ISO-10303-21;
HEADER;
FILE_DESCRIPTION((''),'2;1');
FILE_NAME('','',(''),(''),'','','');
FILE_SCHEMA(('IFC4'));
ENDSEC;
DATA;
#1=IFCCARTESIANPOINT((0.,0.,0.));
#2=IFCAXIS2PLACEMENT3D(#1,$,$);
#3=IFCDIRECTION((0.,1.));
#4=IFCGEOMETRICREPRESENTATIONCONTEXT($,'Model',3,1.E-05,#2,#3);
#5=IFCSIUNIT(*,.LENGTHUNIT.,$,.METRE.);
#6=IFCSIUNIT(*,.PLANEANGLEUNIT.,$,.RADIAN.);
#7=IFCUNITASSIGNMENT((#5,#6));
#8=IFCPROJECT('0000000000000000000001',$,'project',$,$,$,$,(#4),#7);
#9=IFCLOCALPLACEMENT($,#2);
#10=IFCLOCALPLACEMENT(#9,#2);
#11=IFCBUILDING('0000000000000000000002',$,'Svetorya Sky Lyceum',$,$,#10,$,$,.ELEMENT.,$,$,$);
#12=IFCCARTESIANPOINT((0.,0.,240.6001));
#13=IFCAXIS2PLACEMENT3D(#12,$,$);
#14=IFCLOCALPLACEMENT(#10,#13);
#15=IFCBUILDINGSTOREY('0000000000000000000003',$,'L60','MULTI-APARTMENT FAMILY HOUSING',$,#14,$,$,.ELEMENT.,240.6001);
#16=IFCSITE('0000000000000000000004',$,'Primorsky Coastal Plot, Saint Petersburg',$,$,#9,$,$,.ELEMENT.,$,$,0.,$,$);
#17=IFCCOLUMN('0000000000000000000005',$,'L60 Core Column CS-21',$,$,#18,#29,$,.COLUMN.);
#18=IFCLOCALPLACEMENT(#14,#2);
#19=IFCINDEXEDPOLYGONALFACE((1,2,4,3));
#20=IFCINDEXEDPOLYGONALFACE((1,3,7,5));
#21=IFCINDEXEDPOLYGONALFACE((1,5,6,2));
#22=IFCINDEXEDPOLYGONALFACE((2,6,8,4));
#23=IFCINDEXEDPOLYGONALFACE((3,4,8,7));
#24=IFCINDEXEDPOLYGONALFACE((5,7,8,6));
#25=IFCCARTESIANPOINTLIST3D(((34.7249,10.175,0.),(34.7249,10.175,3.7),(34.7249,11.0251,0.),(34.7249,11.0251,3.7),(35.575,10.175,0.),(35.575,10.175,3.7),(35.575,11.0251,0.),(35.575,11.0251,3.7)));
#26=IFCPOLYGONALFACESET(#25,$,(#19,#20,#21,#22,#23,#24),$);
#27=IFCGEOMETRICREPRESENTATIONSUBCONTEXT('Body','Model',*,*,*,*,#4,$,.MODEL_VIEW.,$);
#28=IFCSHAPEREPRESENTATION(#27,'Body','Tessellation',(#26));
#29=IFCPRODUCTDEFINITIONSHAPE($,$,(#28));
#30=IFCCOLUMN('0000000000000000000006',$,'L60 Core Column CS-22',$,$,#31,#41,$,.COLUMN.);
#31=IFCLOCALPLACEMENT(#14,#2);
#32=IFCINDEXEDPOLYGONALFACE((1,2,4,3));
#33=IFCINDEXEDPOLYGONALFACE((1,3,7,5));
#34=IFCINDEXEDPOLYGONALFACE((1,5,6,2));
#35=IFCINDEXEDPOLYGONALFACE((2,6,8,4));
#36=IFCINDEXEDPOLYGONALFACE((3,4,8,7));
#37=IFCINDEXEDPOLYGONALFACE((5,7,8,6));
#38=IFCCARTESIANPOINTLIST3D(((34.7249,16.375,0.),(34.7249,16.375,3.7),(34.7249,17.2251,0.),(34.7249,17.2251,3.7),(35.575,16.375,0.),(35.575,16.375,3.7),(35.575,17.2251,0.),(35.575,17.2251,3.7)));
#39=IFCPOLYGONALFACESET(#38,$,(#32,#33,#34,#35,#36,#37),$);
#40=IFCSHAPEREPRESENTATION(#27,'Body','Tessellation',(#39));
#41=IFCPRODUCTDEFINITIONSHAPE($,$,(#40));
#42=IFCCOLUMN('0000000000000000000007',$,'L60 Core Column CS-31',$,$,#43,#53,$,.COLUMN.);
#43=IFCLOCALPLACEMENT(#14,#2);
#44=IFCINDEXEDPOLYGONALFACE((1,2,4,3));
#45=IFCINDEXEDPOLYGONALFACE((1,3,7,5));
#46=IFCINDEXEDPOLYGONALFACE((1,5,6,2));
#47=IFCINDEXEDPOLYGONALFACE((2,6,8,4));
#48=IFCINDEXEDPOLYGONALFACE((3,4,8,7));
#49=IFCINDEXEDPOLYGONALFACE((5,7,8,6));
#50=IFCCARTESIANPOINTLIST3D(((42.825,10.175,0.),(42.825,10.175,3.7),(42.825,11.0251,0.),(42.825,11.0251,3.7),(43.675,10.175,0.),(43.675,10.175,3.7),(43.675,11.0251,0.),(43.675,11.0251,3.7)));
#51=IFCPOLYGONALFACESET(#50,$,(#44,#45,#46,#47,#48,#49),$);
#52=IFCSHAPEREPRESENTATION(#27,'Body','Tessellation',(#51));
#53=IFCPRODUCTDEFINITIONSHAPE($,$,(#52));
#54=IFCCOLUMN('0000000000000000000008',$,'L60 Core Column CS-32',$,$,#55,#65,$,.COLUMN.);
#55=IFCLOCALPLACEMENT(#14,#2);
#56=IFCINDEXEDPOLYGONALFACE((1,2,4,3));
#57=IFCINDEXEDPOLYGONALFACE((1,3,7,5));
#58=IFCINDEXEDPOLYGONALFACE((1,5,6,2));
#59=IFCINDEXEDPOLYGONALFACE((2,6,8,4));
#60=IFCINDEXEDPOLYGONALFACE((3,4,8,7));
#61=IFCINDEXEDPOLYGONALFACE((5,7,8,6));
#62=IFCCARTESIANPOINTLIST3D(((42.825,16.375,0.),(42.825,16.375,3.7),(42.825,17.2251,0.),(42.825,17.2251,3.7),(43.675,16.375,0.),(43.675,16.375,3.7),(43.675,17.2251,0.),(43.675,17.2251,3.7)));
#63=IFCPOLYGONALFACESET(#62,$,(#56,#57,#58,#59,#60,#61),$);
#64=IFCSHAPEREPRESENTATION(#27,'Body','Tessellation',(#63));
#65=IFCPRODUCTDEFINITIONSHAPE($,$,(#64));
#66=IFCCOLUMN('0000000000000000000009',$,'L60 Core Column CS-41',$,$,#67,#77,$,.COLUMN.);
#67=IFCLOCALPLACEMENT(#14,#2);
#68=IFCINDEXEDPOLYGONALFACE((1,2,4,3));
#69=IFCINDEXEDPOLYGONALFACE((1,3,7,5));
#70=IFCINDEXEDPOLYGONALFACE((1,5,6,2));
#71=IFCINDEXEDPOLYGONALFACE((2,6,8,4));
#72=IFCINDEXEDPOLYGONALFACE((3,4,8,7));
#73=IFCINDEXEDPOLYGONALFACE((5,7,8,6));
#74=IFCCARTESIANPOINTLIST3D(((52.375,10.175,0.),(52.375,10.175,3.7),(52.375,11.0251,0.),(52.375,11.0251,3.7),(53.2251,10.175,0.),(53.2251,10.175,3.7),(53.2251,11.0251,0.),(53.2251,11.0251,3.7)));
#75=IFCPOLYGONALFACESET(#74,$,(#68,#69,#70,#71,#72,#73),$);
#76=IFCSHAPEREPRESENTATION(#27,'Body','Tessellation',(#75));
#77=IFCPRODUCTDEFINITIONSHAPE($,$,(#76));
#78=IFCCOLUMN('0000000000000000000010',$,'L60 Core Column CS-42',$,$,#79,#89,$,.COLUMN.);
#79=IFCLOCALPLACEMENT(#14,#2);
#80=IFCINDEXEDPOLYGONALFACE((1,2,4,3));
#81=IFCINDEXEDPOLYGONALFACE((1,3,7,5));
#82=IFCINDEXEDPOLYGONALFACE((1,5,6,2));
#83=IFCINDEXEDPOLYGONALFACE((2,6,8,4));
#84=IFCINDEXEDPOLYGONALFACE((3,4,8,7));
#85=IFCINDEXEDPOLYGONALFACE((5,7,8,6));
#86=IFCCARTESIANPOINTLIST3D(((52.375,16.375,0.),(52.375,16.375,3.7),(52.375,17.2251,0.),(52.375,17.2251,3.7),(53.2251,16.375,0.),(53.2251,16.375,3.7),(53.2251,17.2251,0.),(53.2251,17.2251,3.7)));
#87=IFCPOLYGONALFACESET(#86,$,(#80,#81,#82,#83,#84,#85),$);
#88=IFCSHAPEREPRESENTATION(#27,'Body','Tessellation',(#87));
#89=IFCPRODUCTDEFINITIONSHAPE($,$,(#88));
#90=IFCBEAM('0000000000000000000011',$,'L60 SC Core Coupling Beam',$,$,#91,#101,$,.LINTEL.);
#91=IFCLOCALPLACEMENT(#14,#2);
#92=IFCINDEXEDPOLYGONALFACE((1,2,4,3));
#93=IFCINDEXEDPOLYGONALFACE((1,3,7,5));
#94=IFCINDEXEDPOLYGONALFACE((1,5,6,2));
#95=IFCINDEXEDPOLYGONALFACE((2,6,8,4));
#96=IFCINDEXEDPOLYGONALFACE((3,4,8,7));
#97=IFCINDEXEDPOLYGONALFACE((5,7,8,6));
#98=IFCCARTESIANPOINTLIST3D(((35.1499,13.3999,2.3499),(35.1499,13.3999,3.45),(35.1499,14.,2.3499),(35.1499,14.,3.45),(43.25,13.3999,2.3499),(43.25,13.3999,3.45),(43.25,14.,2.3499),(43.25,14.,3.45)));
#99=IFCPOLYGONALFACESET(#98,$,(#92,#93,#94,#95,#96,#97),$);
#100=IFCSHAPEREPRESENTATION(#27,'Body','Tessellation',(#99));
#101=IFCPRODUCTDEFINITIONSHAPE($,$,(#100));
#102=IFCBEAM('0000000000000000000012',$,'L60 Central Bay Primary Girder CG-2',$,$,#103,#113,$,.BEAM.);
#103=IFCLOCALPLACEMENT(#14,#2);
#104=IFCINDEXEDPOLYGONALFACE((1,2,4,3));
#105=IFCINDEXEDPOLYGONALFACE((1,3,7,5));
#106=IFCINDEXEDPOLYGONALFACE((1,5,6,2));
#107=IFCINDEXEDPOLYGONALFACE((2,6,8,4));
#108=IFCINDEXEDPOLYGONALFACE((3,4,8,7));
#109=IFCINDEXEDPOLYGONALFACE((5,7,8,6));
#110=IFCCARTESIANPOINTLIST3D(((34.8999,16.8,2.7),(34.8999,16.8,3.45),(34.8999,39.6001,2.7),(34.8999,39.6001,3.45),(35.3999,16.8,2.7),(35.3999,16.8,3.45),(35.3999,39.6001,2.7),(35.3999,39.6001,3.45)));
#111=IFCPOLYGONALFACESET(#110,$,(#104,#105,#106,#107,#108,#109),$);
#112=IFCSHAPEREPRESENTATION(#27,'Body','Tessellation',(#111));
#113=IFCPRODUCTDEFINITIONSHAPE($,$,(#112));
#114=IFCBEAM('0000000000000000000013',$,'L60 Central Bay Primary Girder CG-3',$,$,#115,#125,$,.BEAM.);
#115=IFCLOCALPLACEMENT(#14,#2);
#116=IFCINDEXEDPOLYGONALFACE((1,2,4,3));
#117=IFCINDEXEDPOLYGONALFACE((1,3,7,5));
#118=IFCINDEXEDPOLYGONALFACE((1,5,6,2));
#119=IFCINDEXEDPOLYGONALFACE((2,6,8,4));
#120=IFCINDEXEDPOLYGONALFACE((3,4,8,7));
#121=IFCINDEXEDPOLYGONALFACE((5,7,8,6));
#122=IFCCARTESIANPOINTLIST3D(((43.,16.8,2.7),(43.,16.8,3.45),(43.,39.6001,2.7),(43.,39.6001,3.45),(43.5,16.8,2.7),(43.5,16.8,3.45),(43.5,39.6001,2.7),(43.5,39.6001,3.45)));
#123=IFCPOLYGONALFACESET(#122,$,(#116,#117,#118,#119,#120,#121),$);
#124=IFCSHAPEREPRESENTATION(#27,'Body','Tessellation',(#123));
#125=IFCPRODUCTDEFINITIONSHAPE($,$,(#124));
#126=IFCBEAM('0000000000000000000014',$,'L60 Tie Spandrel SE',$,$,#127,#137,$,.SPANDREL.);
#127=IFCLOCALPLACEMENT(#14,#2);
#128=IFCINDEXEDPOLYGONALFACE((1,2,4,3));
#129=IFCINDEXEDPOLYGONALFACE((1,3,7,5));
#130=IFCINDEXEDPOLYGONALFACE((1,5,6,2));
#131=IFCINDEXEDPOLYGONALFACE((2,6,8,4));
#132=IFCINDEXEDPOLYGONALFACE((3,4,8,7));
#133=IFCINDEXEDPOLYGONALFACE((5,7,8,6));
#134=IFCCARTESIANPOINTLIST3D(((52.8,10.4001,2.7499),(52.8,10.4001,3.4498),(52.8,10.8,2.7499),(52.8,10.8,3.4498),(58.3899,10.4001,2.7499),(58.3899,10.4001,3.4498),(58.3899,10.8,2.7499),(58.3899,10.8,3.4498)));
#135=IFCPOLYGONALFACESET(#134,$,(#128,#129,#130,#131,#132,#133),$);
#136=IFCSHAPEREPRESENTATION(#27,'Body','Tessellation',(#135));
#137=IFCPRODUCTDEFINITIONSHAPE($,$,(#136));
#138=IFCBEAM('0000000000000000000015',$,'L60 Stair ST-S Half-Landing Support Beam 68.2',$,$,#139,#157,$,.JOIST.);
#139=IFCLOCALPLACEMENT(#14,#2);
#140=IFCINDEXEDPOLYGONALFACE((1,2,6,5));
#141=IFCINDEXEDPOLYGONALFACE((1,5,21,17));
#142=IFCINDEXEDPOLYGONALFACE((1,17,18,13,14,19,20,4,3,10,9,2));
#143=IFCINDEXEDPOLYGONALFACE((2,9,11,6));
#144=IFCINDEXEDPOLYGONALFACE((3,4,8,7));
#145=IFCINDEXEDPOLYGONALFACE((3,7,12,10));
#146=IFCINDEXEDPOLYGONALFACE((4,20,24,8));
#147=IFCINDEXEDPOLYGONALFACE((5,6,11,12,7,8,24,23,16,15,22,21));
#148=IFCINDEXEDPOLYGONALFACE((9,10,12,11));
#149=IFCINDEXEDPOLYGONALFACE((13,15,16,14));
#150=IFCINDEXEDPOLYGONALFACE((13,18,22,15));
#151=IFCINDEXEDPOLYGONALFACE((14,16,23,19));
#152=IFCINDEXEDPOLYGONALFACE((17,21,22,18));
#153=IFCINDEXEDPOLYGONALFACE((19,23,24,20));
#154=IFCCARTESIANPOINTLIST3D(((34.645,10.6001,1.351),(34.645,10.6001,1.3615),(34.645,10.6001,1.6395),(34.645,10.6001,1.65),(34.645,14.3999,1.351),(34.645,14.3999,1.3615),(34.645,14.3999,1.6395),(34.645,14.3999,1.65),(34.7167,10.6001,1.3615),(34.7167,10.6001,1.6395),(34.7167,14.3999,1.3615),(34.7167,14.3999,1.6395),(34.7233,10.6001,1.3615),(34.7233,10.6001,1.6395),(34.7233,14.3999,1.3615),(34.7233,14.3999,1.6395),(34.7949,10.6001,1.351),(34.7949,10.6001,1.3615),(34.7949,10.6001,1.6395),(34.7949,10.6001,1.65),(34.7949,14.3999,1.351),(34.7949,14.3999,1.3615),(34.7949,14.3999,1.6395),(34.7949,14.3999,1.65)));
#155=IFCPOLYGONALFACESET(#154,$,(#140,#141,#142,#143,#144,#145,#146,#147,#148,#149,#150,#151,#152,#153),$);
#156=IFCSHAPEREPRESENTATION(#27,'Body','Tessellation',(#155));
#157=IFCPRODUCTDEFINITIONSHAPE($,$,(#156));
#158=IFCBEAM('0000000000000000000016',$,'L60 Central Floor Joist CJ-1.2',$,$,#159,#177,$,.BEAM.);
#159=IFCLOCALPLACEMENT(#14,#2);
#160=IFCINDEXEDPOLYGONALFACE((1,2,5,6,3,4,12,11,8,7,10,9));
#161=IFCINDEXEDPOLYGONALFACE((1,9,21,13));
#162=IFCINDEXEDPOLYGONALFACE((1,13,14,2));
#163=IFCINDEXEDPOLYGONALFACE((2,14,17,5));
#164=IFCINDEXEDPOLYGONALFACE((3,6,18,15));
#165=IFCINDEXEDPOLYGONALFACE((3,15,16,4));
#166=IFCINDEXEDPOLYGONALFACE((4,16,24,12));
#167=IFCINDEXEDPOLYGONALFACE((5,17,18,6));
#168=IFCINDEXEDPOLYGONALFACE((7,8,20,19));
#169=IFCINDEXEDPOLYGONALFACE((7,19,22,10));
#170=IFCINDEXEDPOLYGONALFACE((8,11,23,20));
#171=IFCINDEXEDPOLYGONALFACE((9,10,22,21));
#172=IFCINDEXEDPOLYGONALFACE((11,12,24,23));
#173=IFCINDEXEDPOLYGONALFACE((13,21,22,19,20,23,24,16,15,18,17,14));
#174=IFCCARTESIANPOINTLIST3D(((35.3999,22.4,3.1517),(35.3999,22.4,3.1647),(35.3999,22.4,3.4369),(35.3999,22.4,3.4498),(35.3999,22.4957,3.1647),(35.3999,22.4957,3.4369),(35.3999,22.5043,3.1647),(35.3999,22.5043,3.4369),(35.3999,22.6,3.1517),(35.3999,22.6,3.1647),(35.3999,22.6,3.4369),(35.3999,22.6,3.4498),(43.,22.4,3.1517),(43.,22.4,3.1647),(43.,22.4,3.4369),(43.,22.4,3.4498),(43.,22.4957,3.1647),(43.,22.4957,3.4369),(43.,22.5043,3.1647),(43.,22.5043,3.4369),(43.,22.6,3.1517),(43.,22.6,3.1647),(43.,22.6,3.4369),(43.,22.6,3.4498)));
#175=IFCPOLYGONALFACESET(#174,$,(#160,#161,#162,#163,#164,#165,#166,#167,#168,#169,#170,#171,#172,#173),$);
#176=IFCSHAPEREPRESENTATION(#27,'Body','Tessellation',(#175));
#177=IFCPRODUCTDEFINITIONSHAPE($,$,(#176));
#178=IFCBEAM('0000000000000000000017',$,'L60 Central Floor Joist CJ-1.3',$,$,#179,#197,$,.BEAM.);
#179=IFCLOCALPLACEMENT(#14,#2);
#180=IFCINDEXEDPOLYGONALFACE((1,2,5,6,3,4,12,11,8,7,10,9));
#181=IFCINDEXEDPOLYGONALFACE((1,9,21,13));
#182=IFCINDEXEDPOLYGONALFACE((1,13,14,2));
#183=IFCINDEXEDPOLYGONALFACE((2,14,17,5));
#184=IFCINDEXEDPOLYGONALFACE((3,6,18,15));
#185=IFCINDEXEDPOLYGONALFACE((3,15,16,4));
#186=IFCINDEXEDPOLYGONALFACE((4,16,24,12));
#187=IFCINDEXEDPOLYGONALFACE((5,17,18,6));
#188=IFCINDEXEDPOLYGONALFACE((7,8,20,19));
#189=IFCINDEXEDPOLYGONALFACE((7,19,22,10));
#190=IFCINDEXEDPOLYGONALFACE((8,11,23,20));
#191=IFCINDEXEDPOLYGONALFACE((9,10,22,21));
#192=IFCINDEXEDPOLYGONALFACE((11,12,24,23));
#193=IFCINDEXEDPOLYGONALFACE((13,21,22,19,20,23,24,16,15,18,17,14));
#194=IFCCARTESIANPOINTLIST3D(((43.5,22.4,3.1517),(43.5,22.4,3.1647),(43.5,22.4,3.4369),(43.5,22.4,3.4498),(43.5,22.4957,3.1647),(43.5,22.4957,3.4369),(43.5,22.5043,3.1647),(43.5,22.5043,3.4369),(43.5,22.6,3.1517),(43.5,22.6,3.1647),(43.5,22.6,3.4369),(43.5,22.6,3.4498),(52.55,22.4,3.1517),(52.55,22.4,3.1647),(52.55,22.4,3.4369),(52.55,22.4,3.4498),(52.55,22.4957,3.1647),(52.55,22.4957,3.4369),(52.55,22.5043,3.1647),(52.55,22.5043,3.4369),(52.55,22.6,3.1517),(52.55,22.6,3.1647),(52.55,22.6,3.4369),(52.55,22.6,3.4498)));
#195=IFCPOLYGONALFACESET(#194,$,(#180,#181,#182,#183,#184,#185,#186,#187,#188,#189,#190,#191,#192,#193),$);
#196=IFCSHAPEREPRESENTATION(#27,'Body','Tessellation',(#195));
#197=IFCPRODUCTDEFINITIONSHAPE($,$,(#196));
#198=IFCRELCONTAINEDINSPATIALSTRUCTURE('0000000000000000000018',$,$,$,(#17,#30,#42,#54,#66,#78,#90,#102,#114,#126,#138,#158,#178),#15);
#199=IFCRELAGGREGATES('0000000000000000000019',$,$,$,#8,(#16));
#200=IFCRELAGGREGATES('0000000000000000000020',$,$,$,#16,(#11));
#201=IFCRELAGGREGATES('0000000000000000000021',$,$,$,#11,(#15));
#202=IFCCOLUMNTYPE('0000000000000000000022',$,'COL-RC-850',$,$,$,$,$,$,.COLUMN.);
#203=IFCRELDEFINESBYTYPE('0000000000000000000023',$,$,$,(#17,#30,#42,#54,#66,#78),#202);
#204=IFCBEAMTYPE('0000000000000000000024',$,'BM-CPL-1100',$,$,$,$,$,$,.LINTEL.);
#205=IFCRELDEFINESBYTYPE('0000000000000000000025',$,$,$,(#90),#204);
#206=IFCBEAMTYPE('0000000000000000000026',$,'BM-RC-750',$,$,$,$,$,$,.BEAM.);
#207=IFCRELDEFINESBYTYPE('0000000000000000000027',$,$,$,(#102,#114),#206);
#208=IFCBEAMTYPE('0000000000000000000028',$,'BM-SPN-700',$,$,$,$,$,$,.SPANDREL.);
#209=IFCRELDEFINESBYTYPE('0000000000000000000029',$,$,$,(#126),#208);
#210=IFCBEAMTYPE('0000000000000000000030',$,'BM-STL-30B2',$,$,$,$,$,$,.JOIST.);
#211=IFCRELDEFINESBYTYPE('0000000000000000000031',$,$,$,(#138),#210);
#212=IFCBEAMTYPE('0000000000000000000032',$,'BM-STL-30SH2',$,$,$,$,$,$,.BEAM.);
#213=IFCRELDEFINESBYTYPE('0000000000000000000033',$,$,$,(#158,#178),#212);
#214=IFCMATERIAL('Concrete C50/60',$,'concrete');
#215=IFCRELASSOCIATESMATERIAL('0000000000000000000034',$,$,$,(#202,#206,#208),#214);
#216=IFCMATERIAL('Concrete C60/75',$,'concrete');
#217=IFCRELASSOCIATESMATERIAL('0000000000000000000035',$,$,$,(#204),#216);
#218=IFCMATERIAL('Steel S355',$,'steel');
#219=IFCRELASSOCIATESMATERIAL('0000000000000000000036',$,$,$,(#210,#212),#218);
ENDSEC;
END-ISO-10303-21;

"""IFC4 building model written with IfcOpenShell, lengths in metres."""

from ifc_helpers import new_model, si_unit, direction, frame, origin, origin_2d, place, context, subcontext, project, spatial, rectangle, i_section, extrude, material, material_profile, profile_set, type_object, element, save


model = new_model("IFC4")

# Units and contexts
model_context = context("Model", 3, precision=1e-05, world=origin(), true_north=direction((0.0, 1.0)))
body_context = subcontext(model_context, "Body", "Model", "MODEL_VIEW")
ifc_project = project(units=[si_unit("LENGTHUNIT", "METRE"), si_unit("PLANEANGLEUNIT", "RADIAN")], contexts=[model_context])

# Site, building, storey
site_placement = place(None, origin())
site = spatial("IfcSite", under=ifc_project, at=site_placement, Name="Primorsky Coastal Plot, Saint Petersburg", CompositionType="ELEMENT", RefElevation=0.0)
building_placement = place(site_placement, origin())
building = spatial("IfcBuilding", under=site, at=building_placement, Name="Svetorya Sky Lyceum", CompositionType="ELEMENT")
storey_placement = place(building_placement, frame((0.0, 0.0, 240.6001)))
storey = spatial("IfcBuildingStorey", under=building, at=storey_placement, Name="L60", Description="MULTI-APARTMENT FAMILY HOUSING", CompositionType="ELEMENT", Elevation=240.6001)

# Columns
ifc_material_1 = material(Name="Concrete C50/60", Category="concrete")
ifc_material_profile_1 = material_profile(ifc_material_1, rectangle(XDim=0.8501, YDim=0.8501, at=origin_2d()), Name="RC COL 850x850")
ifc_profile_set_1 = profile_set([ifc_material_profile_1], Name="Concrete C50/60")
column_type = type_object("IfcColumnType", Name="COL-RC-850", PredefinedType="COLUMN", material=ifc_profile_set_1)
for number, where, z_axis, x_axis, name in (
    (1, (35.1499, 10.6001, 0.0), (0.0, 0.0, 1.0), (1.0, 0.0, 0.0), "L60 Core Column CS-21"),
    (2, (35.1499, 16.8, 0.0), (0.0, 0.0, 1.0), (1.0, 0.0, 0.0), "L60 Core Column CS-22"),
    (3, (43.25, 10.6001, 0.0), (0.0, 0.0, 1.0), (1.0, 0.0, 0.0), "L60 Core Column CS-31"),
    (4, (43.25, 16.8, 0.0), (0.0, 0.0, 1.0), (1.0, 0.0, 0.0), "L60 Core Column CS-32"),
    (5, (52.8, 10.6001, 0.0), (0.0, 0.0, 1.0), (1.0, 0.0, 0.0), "L60 Core Column CS-41"),
    (6, (52.8, 16.8, 0.0), (0.0, 0.0, 1.0), (1.0, 0.0, 0.0), "L60 Core Column CS-42"),
):
    element("IfcColumn", number, at=place(storey_placement, frame(where, z_axis=z_axis, x_axis=x_axis)), inside=storey, type_object=column_type, Name=name, PredefinedType="COLUMN", context=body_context, shape_type="SweptSolid", body=[
        extrude(rectangle(XDim=0.8501, YDim=0.8501, at=origin_2d()), origin(), (0.0, 0.0, 1.0), 3.7),
    ])

# Beams
ifc_material_2 = material(Name="Concrete C60/75", Category="concrete")
ifc_material_profile_2 = material_profile(ifc_material_2, rectangle(XDim=0.6001, YDim=1.1001, at=origin_2d()), Name="RC COUPLING 600x1100")
ifc_profile_set_2 = profile_set([ifc_material_profile_2], Name="Concrete C60/75")
beam_type_1 = type_object("IfcBeamType", Name="BM-CPL-1100", PredefinedType="LINTEL", material=ifc_profile_set_2)
beam_1_placement = place(storey_placement, frame((35.1499, 13.7, 2.8999), z_axis=(1.0, 0.0, 0.0), x_axis=(0.0, 1.0, 0.0)))
element("IfcBeam", 7, at=beam_1_placement, inside=storey, type_object=beam_type_1, Name="L60 SC Core Coupling Beam", PredefinedType="LINTEL", context=body_context, shape_type="SweptSolid", body=[
    extrude(rectangle(XDim=0.6001, YDim=1.1001, at=origin_2d()), origin(), (0.0, 0.0, 1.0), 8.1001),
])
ifc_material_profile_3 = material_profile(ifc_material_1, rectangle(XDim=0.5, YDim=0.75, at=origin_2d()), Name="RC BEAM 500x750")
ifc_profile_set_3 = profile_set([ifc_material_profile_3], Name="Concrete C50/60")
beam_type_2 = type_object("IfcBeamType", Name="BM-RC-750", PredefinedType="BEAM", material=ifc_profile_set_3)
for number, where, z_axis, x_axis, name in (
    (8, (35.1499, 16.8, 3.075), (0.0, 1.0, 0.0), (-1.0, 0.0, 0.0), "L60 Central Bay Primary Girder CG-2"),
    (9, (43.25, 16.8, 3.075), (0.0, 1.0, 0.0), (-1.0, 0.0, 0.0), "L60 Central Bay Primary Girder CG-3"),
):
    element("IfcBeam", number, at=place(storey_placement, frame(where, z_axis=z_axis, x_axis=x_axis)), inside=storey, type_object=beam_type_2, Name=name, PredefinedType="BEAM", context=body_context, shape_type="SweptSolid", body=[
        extrude(rectangle(XDim=0.5, YDim=0.75, at=origin_2d()), origin(), (0.0, 0.0, 1.0), 22.8),
    ])
ifc_material_profile_4 = material_profile(ifc_material_1, rectangle(XDim=0.3999, YDim=0.7, at=origin_2d()), Name="RC SPANDREL 400x700")
ifc_profile_set_4 = profile_set([ifc_material_profile_4], Name="Concrete C50/60")
beam_type_3 = type_object("IfcBeamType", Name="BM-SPN-700", PredefinedType="SPANDREL", material=ifc_profile_set_4)
beam_2_placement = place(storey_placement, frame((52.8, 10.6001, 3.0999), z_axis=(1.0, 0.0, 0.0), x_axis=(0.0, 1.0, 0.0)))
element("IfcBeam", 10, at=beam_2_placement, inside=storey, type_object=beam_type_3, Name="L60 Tie Spandrel SE", PredefinedType="SPANDREL", context=body_context, shape_type="SweptSolid", body=[
    extrude(rectangle(XDim=0.3999, YDim=0.7, at=origin_2d()), origin(), (0.0, 0.0, 1.0), 5.5898),
])
ifc_material_3 = material(Name="Steel S355", Category="steel")
ifc_material_profile_5 = material_profile(ifc_material_3, i_section(OverallWidth=0.1499, OverallDepth=0.2991, WebThickness=0.0066, FlangeThickness=0.0105, at=origin_2d()), Name="GOST 30B2")
ifc_profile_set_5 = profile_set([ifc_material_profile_5], Name="Steel S355")
beam_type_4 = type_object("IfcBeamType", Name="BM-STL-30B2", PredefinedType="JOIST", material=ifc_profile_set_5)
beam_3_placement = place(storey_placement, frame((34.72, 10.6001, 1.5005), z_axis=(0.0, 1.0, 0.0), x_axis=(-1.0, 0.0, 0.0)))
element("IfcBeam", 11, at=beam_3_placement, inside=storey, type_object=beam_type_4, Name="L60 Stair ST-S Half-Landing Support Beam 68.2", PredefinedType="JOIST", context=body_context, shape_type="SweptSolid", body=[
    extrude(i_section(OverallWidth=0.1499, OverallDepth=0.2991, WebThickness=0.0066, FlangeThickness=0.0105, at=origin_2d()), origin(), (0.0, 0.0, 1.0), 3.7998),
])
ifc_material_profile_6 = material_profile(ifc_material_3, i_section(OverallWidth=0.2, OverallDepth=0.2981, WebThickness=0.0085, FlangeThickness=0.0129, at=origin_2d()), Name="GOST 30Sh2")
ifc_profile_set_6 = profile_set([ifc_material_profile_6], Name="Steel S355")
beam_type_5 = type_object("IfcBeamType", Name="BM-STL-30SH2", PredefinedType="BEAM", material=ifc_profile_set_6)
beam_4_placement = place(storey_placement, frame((35.3999, 22.5, 3.3008), z_axis=(1.0, 0.0, 0.0), x_axis=(0.0, 1.0, 0.0)))
element("IfcBeam", 12, at=beam_4_placement, inside=storey, type_object=beam_type_5, Name="L60 Central Floor Joist CJ-1.2", PredefinedType="BEAM", context=body_context, shape_type="SweptSolid", body=[
    extrude(i_section(OverallWidth=0.2, OverallDepth=0.2981, WebThickness=0.0085, FlangeThickness=0.0129, at=origin_2d()), origin(), (0.0, 0.0, 1.0), 7.6001),
])
beam_5_placement = place(storey_placement, frame((43.5, 22.5, 3.3008), z_axis=(1.0, 0.0, 0.0), x_axis=(0.0, 1.0, 0.0)))
element("IfcBeam", 13, at=beam_5_placement, inside=storey, type_object=beam_type_5, Name="L60 Central Floor Joist CJ-1.3", PredefinedType="BEAM", context=body_context, shape_type="SweptSolid", body=[
    extrude(i_section(OverallWidth=0.2, OverallDepth=0.2981, WebThickness=0.0085, FlangeThickness=0.0129, at=origin_2d()), origin(), (0.0, 0.0, 1.0), 9.05),
])

save(model, "model.ifc")
